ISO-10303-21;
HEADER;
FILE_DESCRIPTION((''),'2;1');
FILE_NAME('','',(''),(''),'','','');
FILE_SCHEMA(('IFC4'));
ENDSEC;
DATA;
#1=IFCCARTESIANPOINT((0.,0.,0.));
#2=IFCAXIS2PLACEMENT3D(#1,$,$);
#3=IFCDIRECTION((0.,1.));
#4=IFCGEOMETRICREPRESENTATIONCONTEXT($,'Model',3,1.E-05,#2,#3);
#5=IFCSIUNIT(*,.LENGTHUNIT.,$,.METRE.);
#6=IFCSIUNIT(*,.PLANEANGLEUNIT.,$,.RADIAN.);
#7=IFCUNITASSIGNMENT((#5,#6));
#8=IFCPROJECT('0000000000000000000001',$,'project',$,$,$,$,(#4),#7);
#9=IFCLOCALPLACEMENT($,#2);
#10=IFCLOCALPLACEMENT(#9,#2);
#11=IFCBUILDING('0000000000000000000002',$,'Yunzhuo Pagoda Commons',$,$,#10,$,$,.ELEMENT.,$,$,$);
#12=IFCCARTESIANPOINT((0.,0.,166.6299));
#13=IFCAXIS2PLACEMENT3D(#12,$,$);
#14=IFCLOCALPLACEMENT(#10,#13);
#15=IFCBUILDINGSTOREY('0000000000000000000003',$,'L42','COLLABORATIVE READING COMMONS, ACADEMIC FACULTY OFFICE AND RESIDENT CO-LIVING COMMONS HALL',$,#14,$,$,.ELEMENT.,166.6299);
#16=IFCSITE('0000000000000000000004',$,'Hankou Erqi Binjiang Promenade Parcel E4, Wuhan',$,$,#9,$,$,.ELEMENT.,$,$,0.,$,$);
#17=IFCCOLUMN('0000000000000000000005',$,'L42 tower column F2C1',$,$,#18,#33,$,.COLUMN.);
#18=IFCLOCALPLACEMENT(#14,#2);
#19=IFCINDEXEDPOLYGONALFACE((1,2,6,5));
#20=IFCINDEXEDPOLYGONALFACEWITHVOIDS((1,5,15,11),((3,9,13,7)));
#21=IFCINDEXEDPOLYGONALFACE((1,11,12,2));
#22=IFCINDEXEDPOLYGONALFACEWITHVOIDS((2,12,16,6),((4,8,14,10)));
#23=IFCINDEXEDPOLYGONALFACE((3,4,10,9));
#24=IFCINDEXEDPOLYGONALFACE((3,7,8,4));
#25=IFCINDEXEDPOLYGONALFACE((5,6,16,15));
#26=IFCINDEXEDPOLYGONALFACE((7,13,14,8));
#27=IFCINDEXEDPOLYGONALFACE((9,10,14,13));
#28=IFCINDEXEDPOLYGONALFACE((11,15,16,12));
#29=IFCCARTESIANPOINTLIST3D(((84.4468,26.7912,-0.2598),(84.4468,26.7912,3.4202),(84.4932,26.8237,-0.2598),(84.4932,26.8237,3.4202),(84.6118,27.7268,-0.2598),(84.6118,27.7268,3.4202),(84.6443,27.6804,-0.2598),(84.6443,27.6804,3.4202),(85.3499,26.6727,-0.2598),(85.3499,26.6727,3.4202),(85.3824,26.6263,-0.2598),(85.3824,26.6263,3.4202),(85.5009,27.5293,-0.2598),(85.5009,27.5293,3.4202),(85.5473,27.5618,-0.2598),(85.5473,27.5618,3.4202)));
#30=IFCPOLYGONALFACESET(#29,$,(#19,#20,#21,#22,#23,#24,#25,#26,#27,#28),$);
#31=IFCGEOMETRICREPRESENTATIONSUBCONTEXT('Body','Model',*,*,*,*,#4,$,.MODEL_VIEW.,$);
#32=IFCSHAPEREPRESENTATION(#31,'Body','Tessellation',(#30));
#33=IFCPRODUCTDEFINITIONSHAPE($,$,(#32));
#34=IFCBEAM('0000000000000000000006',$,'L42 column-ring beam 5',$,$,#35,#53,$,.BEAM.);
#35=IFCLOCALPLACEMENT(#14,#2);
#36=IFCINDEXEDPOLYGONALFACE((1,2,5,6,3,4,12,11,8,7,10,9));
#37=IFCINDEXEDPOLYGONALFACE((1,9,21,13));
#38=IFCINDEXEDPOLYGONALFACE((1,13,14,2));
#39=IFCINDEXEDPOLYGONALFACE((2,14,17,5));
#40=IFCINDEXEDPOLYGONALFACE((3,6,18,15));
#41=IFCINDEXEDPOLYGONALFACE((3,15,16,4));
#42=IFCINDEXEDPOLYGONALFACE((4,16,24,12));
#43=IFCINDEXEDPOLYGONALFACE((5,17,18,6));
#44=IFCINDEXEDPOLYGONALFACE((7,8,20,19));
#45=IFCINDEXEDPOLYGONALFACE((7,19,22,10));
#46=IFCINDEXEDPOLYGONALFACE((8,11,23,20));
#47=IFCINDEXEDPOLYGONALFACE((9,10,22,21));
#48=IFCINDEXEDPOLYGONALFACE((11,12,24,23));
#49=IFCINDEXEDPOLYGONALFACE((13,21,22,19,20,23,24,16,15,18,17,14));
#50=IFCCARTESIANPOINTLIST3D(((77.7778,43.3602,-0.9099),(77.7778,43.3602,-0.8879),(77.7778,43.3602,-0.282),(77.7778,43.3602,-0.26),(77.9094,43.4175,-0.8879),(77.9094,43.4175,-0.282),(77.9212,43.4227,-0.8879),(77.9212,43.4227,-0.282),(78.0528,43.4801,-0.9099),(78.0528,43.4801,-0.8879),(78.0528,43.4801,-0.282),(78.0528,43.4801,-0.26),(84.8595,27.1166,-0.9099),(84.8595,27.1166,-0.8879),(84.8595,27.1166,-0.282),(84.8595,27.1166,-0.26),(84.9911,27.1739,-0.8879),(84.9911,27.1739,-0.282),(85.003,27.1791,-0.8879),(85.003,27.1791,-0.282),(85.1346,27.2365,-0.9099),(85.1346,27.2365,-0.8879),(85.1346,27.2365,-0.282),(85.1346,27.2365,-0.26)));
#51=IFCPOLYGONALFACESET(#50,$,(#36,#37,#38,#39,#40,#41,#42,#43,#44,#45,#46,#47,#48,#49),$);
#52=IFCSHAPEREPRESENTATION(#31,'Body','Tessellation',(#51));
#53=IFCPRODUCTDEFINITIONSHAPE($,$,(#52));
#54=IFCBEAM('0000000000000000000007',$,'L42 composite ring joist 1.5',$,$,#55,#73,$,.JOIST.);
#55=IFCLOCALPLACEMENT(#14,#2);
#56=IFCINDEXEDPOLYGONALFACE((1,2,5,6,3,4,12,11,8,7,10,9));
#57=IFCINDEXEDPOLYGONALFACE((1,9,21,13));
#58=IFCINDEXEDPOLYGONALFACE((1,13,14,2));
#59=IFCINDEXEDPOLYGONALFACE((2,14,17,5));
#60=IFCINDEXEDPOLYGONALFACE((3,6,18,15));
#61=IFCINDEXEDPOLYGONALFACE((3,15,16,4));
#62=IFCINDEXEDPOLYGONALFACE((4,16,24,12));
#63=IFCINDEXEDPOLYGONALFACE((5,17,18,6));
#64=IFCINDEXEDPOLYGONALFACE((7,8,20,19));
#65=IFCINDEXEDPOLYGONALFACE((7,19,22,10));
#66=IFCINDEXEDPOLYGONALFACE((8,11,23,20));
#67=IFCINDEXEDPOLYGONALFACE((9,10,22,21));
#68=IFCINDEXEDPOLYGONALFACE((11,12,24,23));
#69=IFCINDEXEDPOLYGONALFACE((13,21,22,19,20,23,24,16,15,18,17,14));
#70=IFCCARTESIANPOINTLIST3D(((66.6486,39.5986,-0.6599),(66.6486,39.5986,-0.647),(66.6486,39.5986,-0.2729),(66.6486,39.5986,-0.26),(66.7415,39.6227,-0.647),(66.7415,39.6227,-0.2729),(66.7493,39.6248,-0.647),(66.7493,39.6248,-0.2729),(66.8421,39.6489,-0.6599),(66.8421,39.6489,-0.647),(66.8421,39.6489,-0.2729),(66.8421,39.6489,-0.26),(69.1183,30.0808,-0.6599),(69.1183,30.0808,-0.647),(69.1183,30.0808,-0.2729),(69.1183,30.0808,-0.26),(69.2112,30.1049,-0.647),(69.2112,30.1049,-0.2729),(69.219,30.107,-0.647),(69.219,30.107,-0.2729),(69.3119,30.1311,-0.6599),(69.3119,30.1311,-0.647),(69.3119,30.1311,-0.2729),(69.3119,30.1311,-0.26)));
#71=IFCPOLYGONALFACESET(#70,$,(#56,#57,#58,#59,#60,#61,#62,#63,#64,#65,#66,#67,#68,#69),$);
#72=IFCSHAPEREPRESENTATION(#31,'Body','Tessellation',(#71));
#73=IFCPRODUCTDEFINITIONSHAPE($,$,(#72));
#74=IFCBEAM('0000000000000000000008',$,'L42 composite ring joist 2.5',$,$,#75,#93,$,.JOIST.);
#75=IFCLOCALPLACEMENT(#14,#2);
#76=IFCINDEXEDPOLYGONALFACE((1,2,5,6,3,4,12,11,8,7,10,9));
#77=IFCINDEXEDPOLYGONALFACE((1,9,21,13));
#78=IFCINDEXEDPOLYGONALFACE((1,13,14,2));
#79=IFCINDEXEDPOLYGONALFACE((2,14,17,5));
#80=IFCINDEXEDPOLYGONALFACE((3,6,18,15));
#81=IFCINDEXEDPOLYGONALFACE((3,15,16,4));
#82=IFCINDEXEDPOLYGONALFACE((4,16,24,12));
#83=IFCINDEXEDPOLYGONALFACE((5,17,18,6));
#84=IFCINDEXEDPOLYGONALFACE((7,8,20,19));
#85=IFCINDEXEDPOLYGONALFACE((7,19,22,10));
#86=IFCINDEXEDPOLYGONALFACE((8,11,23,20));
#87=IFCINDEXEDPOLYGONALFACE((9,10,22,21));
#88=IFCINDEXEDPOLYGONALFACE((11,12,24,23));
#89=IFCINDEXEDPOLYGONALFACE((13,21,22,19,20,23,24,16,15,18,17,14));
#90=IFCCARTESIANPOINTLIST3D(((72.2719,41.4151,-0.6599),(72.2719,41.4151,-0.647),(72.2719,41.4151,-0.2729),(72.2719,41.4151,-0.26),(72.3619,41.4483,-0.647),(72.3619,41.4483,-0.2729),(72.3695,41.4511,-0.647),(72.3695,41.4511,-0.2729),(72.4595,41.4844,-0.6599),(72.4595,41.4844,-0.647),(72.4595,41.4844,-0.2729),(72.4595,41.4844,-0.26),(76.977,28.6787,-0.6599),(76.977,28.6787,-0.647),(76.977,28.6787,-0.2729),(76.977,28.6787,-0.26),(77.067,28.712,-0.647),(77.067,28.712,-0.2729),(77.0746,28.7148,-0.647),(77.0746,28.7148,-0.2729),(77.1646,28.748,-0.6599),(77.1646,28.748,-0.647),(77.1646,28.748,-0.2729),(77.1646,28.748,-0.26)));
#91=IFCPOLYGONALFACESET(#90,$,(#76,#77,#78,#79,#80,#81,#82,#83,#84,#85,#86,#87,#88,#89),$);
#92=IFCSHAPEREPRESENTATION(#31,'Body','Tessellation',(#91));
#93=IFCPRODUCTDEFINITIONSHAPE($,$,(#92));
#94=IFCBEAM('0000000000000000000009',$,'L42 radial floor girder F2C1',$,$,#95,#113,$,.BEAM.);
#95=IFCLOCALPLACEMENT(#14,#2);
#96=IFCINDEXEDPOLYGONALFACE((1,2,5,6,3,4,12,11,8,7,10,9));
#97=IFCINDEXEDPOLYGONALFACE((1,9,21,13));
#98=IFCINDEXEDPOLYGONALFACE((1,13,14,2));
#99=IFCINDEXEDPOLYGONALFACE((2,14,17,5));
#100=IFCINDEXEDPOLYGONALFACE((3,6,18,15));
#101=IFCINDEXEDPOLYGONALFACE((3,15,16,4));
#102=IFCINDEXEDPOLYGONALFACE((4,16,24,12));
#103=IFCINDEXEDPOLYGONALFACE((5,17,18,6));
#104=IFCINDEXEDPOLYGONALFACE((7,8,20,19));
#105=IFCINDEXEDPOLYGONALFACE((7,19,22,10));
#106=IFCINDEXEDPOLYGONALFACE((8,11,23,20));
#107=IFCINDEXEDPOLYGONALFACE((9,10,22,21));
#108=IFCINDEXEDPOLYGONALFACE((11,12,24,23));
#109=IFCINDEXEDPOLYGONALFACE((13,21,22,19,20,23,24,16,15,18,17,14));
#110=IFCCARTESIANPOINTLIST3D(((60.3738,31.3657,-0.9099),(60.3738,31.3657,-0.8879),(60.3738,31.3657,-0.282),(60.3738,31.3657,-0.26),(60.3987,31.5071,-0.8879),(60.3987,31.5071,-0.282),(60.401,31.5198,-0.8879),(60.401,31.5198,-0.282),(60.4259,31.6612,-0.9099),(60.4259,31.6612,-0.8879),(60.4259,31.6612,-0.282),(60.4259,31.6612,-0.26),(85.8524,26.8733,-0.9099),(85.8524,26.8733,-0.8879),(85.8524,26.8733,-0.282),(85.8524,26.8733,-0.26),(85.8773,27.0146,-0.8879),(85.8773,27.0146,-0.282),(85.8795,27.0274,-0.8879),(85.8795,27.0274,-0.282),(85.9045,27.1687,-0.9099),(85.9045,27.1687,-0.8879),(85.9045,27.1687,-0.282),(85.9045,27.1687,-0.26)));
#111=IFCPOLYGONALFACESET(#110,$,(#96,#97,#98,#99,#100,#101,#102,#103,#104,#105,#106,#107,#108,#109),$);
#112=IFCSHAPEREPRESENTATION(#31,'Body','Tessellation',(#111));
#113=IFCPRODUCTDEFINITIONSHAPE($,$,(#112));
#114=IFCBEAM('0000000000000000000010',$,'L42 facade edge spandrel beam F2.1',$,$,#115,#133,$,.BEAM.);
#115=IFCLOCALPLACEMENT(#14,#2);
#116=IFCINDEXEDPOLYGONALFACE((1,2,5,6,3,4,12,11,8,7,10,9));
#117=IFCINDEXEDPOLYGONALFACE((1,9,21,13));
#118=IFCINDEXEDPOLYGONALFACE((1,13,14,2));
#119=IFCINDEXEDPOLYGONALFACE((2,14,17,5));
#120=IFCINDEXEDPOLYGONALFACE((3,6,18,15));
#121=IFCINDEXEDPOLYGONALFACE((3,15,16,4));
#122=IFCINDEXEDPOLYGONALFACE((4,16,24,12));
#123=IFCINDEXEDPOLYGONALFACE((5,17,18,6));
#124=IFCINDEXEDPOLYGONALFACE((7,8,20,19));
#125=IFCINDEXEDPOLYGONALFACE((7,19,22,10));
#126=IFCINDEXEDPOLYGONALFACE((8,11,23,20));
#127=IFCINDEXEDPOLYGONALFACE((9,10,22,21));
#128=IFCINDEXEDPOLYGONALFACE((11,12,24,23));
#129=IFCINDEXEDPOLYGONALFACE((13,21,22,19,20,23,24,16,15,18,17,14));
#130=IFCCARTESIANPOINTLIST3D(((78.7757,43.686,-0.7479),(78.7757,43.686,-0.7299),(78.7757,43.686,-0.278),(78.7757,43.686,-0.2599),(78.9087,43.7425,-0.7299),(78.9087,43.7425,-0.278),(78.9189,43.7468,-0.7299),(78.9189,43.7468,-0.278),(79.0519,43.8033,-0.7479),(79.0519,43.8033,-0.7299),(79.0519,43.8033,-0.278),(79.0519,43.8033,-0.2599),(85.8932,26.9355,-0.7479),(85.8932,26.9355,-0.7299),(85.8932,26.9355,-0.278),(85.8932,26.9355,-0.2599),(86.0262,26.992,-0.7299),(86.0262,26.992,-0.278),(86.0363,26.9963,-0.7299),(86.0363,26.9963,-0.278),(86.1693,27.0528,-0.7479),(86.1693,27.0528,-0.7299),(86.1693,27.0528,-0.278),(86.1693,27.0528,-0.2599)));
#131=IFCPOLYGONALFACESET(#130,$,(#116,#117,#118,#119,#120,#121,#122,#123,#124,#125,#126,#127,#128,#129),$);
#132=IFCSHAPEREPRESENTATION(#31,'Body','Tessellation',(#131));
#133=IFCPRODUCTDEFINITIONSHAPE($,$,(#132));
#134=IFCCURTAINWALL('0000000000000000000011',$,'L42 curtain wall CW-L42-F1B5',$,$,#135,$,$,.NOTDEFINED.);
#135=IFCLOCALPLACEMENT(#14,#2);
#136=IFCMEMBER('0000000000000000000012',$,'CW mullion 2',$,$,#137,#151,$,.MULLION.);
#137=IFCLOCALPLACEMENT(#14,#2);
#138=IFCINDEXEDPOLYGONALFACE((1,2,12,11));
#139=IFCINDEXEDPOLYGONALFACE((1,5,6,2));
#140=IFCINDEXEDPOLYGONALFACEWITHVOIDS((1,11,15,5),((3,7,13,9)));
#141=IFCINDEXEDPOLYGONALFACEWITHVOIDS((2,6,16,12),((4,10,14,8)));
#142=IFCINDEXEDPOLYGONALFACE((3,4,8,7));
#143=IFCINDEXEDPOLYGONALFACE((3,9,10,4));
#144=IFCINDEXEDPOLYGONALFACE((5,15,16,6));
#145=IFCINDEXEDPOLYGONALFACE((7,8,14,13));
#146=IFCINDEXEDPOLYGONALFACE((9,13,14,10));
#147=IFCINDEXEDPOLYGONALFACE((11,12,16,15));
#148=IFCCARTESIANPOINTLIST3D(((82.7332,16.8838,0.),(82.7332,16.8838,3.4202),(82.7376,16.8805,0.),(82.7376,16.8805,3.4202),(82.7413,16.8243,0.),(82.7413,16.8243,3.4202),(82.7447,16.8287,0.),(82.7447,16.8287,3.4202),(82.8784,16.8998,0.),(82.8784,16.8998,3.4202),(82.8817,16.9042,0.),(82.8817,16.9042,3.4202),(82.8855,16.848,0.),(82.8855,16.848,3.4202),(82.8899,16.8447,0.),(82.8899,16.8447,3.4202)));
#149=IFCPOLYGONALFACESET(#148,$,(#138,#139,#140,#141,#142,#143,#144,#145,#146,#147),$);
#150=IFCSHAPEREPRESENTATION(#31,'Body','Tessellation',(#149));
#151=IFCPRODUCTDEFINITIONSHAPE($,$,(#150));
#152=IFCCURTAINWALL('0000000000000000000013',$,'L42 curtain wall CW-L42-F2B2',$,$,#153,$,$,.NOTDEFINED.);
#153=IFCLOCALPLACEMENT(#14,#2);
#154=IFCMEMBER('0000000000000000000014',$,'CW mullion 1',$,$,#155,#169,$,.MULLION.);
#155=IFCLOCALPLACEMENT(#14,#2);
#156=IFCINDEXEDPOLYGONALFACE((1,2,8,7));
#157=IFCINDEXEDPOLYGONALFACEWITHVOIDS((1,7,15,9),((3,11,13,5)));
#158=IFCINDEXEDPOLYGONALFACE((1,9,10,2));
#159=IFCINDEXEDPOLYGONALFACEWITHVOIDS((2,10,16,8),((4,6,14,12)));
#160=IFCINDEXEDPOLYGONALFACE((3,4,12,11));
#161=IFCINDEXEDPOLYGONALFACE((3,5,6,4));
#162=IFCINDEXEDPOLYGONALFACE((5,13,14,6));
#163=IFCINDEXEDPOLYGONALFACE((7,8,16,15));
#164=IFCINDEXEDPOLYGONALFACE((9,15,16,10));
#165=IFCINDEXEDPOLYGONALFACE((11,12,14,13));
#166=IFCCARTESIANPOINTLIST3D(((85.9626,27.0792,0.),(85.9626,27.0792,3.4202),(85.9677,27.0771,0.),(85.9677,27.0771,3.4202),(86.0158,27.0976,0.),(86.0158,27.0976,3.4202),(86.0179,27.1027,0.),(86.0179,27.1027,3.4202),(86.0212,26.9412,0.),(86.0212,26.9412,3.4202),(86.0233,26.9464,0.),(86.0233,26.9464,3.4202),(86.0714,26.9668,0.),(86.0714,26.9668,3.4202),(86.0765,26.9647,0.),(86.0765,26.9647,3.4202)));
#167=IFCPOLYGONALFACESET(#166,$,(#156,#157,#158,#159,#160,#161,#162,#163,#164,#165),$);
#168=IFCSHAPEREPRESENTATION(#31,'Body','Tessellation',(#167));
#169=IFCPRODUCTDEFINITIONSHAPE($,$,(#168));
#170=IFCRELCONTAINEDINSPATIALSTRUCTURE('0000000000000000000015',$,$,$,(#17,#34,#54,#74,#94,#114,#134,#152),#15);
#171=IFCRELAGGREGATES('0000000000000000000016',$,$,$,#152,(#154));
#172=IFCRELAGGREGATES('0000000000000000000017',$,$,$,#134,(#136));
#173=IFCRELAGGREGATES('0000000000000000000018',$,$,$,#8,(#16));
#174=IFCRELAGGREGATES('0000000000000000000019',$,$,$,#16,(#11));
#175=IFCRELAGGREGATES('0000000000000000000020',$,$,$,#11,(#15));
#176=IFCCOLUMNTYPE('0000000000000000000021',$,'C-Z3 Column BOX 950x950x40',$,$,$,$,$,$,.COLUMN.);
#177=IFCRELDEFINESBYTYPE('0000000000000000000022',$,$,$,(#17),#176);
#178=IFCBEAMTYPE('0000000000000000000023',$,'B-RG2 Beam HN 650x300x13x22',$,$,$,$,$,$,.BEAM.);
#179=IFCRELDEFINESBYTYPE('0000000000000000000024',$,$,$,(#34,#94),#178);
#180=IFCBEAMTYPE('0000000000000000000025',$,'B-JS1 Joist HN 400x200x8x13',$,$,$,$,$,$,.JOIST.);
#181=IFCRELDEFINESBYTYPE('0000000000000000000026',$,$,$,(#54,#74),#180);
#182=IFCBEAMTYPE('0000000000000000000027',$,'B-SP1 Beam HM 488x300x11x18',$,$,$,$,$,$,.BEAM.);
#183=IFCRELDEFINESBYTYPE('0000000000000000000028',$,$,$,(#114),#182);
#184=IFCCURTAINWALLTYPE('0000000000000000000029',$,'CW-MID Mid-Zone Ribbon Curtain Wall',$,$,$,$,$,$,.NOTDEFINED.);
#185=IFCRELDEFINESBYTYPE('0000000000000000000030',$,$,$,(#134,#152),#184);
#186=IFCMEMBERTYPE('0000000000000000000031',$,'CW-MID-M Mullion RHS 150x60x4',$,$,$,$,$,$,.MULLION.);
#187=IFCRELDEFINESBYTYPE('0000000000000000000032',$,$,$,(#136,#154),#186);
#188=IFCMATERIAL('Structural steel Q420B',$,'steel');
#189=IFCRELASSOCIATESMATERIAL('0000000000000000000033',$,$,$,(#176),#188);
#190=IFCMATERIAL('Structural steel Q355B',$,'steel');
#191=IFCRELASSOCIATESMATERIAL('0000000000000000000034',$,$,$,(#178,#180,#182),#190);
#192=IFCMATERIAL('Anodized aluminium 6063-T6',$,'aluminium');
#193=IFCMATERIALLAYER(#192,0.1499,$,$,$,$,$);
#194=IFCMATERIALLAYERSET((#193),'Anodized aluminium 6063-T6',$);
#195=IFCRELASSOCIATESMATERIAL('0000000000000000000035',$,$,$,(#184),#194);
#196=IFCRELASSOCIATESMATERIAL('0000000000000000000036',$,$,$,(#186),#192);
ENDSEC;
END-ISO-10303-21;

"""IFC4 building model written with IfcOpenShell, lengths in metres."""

from ifc_helpers import new_model, si_unit, direction, frame, origin, origin_2d, place, context, subcontext, project, spatial, hollow_rectangle, i_section, extrude, source, transform, mapped, material, layer, layer_set, material_profile, profile_set, type_object, element, aggregate, save


model = new_model("IFC4")

# Units and contexts
model_context = context("Model", 3, precision=1e-05, world=origin(), true_north=direction((0.0, 1.0)))
body_context = subcontext(model_context, "Body", "Model", "MODEL_VIEW")
ifc_project = project(units=[si_unit("LENGTHUNIT", "METRE"), si_unit("PLANEANGLEUNIT", "RADIAN")], contexts=[model_context])

# Site, building, storey
site_placement = place(None, origin())
site = spatial("IfcSite", under=ifc_project, at=site_placement, Name="Hankou Erqi Binjiang Promenade Parcel E4, Wuhan", CompositionType="ELEMENT", RefElevation=0.0)
building_placement = place(site_placement, origin())
building = spatial("IfcBuilding", under=site, at=building_placement, Name="Yunzhuo Pagoda Commons", CompositionType="ELEMENT")
storey_placement = place(building_placement, frame((0.0, 0.0, 166.6299)))
storey = spatial("IfcBuildingStorey", under=building, at=storey_placement, Name="L42", Description="COLLABORATIVE READING COMMONS, ACADEMIC FACULTY OFFICE AND RESIDENT CO-LIVING COMMONS HALL", CompositionType="ELEMENT", Elevation=166.6299)

# Column
ifc_material_1 = material(Name="Structural steel Q420B", Category="steel")
ifc_material_profile_1 = material_profile(ifc_material_1, hollow_rectangle(XDim=0.95, YDim=0.95, WallThickness=0.04, at=origin_2d()), Name="Structural steel Q420B")
ifc_profile_set_1 = profile_set([ifc_material_profile_1], Name="Structural steel Q420B")
column_type = type_object("IfcColumnType", Name="C-Z3 Column BOX 950x950x40", PredefinedType="COLUMN", material=ifc_profile_set_1)
shared_shape_1 = source(origin(), body_context, "Body", "SweptSolid", [
    extrude(hollow_rectangle(XDim=0.95, YDim=0.95, WallThickness=0.04, at=origin_2d()), origin(), (0.0, 0.0, 1.0), 3.6799),
])
column_placement = place(storey_placement, frame((84.9971, 27.1765, -0.2598), z_axis=(0.0, 0.0, 1.0), x_axis=(0.173648, 0.984808, 0.0)))
element("IfcColumn", 1, at=column_placement, inside=storey, type_object=column_type, Name="L42 tower column F2C1", PredefinedType="COLUMN", context=body_context, shape_type="MappedRepresentation", body=[
    mapped(shared_shape_1, transform((0.0, 0.0, 0.0), scale=1.0)),
])

# Beams
ifc_material_2 = material(Name="Structural steel Q355B", Category="steel")
ifc_material_profile_2 = material_profile(ifc_material_2, i_section(OverallWidth=0.3, OverallDepth=0.6499, WebThickness=0.0129, FlangeThickness=0.022, at=origin_2d()), Name="Structural steel Q355B")
ifc_profile_set_2 = profile_set([ifc_material_profile_2], Name="Structural steel Q355B")
beam_type_1 = type_object("IfcBeamType", Name="B-RG2 Beam HN 650x300x13x22", PredefinedType="BEAM", material=ifc_profile_set_2)
shared_shape_2 = source(origin(), body_context, "Body", "SweptSolid", [
    extrude(i_section(OverallWidth=0.3, OverallDepth=0.6499, WebThickness=0.0129, FlangeThickness=0.022, at=origin_2d()), origin(), (0.0, 0.0, 1.0), 17.7202),
])
beam_1_placement = place(storey_placement, frame((84.9971, 27.1765, -0.585), z_axis=(-0.399643, 0.916671, 0.0), x_axis=(-0.916671, -0.399643, 0.0)))
element("IfcBeam", 2, at=beam_1_placement, inside=storey, type_object=beam_type_1, Name="L42 column-ring beam 5", PredefinedType="BEAM", context=body_context, shape_type="MappedRepresentation", body=[
    mapped(shared_shape_2, transform((0.0, 0.0, 0.0), scale=1.0)),
])
ifc_material_profile_3 = material_profile(ifc_material_2, i_section(OverallWidth=0.2, OverallDepth=0.3999, WebThickness=0.0081, FlangeThickness=0.0129, at=origin_2d()), Name="Structural steel Q355B")
ifc_profile_set_3 = profile_set([ifc_material_profile_3], Name="Structural steel Q355B")
beam_type_2 = type_object("IfcBeamType", Name="B-JS1 Joist HN 400x200x8x13", PredefinedType="JOIST", material=ifc_profile_set_3)
shared_shape_3 = source(origin(), body_context, "Body", "SweptSolid", [
    extrude(i_section(OverallWidth=0.2, OverallDepth=0.3999, WebThickness=0.0081, FlangeThickness=0.0129, at=origin_2d()), origin(), (0.0, 0.0, 1.0), 9.833),
])
beam_2_placement = place(storey_placement, frame((69.2151, 30.106, -0.46), z_axis=(-0.251166, 0.967944, 0.0), x_axis=(-0.967944, -0.251166, 0.0)))
element("IfcBeam", 3, at=beam_2_placement, inside=storey, type_object=beam_type_2, Name="L42 composite ring joist 1.5", PredefinedType="JOIST", context=body_context, shape_type="MappedRepresentation", body=[
    mapped(shared_shape_3, transform((0.0, 0.0, 0.0), scale=1.0)),
])
shared_shape_4 = source(origin(), body_context, "Body", "SweptSolid", [
    extrude(i_section(OverallWidth=0.2, OverallDepth=0.3999, WebThickness=0.0081, FlangeThickness=0.0129, at=origin_2d()), origin(), (0.0, 0.0, 1.0), 13.5776),
])
beam_3_placement = place(storey_placement, frame((77.0708, 28.7134, -0.46), z_axis=(-0.346532, 0.938038, 0.0), x_axis=(-0.938038, -0.346532, 0.0)))
element("IfcBeam", 4, at=beam_3_placement, inside=storey, type_object=beam_type_2, Name="L42 composite ring joist 2.5", PredefinedType="JOIST", context=body_context, shape_type="MappedRepresentation", body=[
    mapped(shared_shape_4, transform((0.0, 0.0, 0.0), scale=1.0)),
])
shared_shape_5 = source(origin(), body_context, "Body", "SweptSolid", [
    extrude(i_section(OverallWidth=0.3, OverallDepth=0.6499, WebThickness=0.0129, FlangeThickness=0.022, at=origin_2d()), origin(), (0.0, 0.0, 1.0), 25.8716),
])
beam_4_placement = place(storey_placement, frame((85.8784, 27.021, -0.585), z_axis=(-0.984809, 0.173644, 0.0), x_axis=(-0.173644, -0.984809, 0.0)))
element("IfcBeam", 5, at=beam_4_placement, inside=storey, type_object=beam_type_1, Name="L42 radial floor girder F2C1", PredefinedType="BEAM", context=body_context, shape_type="MappedRepresentation", body=[
    mapped(shared_shape_5, transform((0.0, 0.0, 0.0), scale=1.0)),
])
ifc_material_profile_4 = material_profile(ifc_material_2, i_section(OverallWidth=0.3, OverallDepth=0.488, WebThickness=0.011, FlangeThickness=0.0181, at=origin_2d()), Name="Structural steel Q355B")
ifc_profile_set_4 = profile_set([ifc_material_profile_4], Name="Structural steel Q355B")
beam_type_3 = type_object("IfcBeamType", Name="B-SP1 Beam HM 488x300x11x18", PredefinedType="BEAM", material=ifc_profile_set_4)
shared_shape_6 = source(origin(), body_context, "Body", "SweptSolid", [
    extrude(i_section(OverallWidth=0.3, OverallDepth=0.488, WebThickness=0.011, FlangeThickness=0.0181, at=origin_2d()), origin(), (0.0, 0.0, 1.0), 18.2),
])
beam_5_placement = place(storey_placement, frame((86.0312, 26.9941, -0.5039), z_axis=(-0.39107, 0.920361, 0.0), x_axis=(-0.920361, -0.39107, 0.0)))
element("IfcBeam", 6, at=beam_5_placement, inside=storey, type_object=beam_type_3, Name="L42 facade edge spandrel beam F2.1", PredefinedType="BEAM", context=body_context, shape_type="MappedRepresentation", body=[
    mapped(shared_shape_6, transform((0.0, 0.0, 0.0), scale=1.0)),
])

# Curtain walls, members
ifc_material_3 = material(Name="Anodized aluminium 6063-T6", Category="aluminium")
ifc_layer_1 = layer(ifc_material_3, 0.1499)
ifc_layer_set_1 = layer_set([ifc_layer_1], Name="Anodized aluminium 6063-T6")
curtain_wall_type = type_object("IfcCurtainWallType", Name="CW-MID Mid-Zone Ribbon Curtain Wall", PredefinedType="NOTDEFINED", material=ifc_layer_set_1)
curtain_wall_1_placement = place(storey_placement, origin())
curtain_wall_1 = element("IfcCurtainWall", 7, at=curtain_wall_1_placement, inside=storey, type_object=curtain_wall_type, Name="L42 curtain wall CW-L42-F1B5", PredefinedType="NOTDEFINED")
ifc_material_profile_5 = material_profile(ifc_material_3, hollow_rectangle(XDim=0.0601, YDim=0.1499, WallThickness=0.0039, at=origin_2d()), Name="Anodized aluminium 6063-T6")
ifc_profile_set_5 = profile_set([ifc_material_profile_5], Name="Anodized aluminium 6063-T6")
member_type_1 = type_object("IfcMemberType", Name="CW-MID-M Mullion RHS 150x60x4", PredefinedType="MULLION", material=ifc_profile_set_5)
shared_shape_7 = source(origin(), body_context, "Body", "SweptSolid", [
    extrude(hollow_rectangle(XDim=0.0601, YDim=0.1499, WallThickness=0.0039, at=origin_2d()), origin(), (0.0, 0.0, 1.0), 3.4202),
])
member_1_placement = place(storey_placement, frame((82.8115, 16.8643, 0.0), z_axis=(0.0, 0.0, 1.0), x_axis=(-0.135767, 0.990741, 0.0)))
member_1 = element("IfcMember", 8, at=member_1_placement, type_object=member_type_1, Name="CW mullion 2", PredefinedType="MULLION", context=body_context, shape_type="MappedRepresentation", body=[
    mapped(shared_shape_7, transform((0.0, 0.0, 0.0), scale=1.0)),
])
curtain_wall_2_placement = place(storey_placement, origin())
curtain_wall_2 = element("IfcCurtainWall", 9, at=curtain_wall_2_placement, inside=storey, type_object=curtain_wall_type, Name="L42 curtain wall CW-L42-F2B2", PredefinedType="NOTDEFINED")
member_2_placement = place(storey_placement, frame((86.0195, 27.022, 0.0), z_axis=(0.0, 0.0, 1.0), x_axis=(-0.920364, -0.391063, 0.0)))
member_2 = element("IfcMember", 10, at=member_2_placement, type_object=member_type_1, Name="CW mullion 1", PredefinedType="MULLION", context=body_context, shape_type="MappedRepresentation", body=[
    mapped(shared_shape_7, transform((0.0, 0.0, 0.0), scale=1.0)),
])

aggregate(curtain_wall_2, [member_2])
aggregate(curtain_wall_1, [member_1])

save(model, "model.ifc")
